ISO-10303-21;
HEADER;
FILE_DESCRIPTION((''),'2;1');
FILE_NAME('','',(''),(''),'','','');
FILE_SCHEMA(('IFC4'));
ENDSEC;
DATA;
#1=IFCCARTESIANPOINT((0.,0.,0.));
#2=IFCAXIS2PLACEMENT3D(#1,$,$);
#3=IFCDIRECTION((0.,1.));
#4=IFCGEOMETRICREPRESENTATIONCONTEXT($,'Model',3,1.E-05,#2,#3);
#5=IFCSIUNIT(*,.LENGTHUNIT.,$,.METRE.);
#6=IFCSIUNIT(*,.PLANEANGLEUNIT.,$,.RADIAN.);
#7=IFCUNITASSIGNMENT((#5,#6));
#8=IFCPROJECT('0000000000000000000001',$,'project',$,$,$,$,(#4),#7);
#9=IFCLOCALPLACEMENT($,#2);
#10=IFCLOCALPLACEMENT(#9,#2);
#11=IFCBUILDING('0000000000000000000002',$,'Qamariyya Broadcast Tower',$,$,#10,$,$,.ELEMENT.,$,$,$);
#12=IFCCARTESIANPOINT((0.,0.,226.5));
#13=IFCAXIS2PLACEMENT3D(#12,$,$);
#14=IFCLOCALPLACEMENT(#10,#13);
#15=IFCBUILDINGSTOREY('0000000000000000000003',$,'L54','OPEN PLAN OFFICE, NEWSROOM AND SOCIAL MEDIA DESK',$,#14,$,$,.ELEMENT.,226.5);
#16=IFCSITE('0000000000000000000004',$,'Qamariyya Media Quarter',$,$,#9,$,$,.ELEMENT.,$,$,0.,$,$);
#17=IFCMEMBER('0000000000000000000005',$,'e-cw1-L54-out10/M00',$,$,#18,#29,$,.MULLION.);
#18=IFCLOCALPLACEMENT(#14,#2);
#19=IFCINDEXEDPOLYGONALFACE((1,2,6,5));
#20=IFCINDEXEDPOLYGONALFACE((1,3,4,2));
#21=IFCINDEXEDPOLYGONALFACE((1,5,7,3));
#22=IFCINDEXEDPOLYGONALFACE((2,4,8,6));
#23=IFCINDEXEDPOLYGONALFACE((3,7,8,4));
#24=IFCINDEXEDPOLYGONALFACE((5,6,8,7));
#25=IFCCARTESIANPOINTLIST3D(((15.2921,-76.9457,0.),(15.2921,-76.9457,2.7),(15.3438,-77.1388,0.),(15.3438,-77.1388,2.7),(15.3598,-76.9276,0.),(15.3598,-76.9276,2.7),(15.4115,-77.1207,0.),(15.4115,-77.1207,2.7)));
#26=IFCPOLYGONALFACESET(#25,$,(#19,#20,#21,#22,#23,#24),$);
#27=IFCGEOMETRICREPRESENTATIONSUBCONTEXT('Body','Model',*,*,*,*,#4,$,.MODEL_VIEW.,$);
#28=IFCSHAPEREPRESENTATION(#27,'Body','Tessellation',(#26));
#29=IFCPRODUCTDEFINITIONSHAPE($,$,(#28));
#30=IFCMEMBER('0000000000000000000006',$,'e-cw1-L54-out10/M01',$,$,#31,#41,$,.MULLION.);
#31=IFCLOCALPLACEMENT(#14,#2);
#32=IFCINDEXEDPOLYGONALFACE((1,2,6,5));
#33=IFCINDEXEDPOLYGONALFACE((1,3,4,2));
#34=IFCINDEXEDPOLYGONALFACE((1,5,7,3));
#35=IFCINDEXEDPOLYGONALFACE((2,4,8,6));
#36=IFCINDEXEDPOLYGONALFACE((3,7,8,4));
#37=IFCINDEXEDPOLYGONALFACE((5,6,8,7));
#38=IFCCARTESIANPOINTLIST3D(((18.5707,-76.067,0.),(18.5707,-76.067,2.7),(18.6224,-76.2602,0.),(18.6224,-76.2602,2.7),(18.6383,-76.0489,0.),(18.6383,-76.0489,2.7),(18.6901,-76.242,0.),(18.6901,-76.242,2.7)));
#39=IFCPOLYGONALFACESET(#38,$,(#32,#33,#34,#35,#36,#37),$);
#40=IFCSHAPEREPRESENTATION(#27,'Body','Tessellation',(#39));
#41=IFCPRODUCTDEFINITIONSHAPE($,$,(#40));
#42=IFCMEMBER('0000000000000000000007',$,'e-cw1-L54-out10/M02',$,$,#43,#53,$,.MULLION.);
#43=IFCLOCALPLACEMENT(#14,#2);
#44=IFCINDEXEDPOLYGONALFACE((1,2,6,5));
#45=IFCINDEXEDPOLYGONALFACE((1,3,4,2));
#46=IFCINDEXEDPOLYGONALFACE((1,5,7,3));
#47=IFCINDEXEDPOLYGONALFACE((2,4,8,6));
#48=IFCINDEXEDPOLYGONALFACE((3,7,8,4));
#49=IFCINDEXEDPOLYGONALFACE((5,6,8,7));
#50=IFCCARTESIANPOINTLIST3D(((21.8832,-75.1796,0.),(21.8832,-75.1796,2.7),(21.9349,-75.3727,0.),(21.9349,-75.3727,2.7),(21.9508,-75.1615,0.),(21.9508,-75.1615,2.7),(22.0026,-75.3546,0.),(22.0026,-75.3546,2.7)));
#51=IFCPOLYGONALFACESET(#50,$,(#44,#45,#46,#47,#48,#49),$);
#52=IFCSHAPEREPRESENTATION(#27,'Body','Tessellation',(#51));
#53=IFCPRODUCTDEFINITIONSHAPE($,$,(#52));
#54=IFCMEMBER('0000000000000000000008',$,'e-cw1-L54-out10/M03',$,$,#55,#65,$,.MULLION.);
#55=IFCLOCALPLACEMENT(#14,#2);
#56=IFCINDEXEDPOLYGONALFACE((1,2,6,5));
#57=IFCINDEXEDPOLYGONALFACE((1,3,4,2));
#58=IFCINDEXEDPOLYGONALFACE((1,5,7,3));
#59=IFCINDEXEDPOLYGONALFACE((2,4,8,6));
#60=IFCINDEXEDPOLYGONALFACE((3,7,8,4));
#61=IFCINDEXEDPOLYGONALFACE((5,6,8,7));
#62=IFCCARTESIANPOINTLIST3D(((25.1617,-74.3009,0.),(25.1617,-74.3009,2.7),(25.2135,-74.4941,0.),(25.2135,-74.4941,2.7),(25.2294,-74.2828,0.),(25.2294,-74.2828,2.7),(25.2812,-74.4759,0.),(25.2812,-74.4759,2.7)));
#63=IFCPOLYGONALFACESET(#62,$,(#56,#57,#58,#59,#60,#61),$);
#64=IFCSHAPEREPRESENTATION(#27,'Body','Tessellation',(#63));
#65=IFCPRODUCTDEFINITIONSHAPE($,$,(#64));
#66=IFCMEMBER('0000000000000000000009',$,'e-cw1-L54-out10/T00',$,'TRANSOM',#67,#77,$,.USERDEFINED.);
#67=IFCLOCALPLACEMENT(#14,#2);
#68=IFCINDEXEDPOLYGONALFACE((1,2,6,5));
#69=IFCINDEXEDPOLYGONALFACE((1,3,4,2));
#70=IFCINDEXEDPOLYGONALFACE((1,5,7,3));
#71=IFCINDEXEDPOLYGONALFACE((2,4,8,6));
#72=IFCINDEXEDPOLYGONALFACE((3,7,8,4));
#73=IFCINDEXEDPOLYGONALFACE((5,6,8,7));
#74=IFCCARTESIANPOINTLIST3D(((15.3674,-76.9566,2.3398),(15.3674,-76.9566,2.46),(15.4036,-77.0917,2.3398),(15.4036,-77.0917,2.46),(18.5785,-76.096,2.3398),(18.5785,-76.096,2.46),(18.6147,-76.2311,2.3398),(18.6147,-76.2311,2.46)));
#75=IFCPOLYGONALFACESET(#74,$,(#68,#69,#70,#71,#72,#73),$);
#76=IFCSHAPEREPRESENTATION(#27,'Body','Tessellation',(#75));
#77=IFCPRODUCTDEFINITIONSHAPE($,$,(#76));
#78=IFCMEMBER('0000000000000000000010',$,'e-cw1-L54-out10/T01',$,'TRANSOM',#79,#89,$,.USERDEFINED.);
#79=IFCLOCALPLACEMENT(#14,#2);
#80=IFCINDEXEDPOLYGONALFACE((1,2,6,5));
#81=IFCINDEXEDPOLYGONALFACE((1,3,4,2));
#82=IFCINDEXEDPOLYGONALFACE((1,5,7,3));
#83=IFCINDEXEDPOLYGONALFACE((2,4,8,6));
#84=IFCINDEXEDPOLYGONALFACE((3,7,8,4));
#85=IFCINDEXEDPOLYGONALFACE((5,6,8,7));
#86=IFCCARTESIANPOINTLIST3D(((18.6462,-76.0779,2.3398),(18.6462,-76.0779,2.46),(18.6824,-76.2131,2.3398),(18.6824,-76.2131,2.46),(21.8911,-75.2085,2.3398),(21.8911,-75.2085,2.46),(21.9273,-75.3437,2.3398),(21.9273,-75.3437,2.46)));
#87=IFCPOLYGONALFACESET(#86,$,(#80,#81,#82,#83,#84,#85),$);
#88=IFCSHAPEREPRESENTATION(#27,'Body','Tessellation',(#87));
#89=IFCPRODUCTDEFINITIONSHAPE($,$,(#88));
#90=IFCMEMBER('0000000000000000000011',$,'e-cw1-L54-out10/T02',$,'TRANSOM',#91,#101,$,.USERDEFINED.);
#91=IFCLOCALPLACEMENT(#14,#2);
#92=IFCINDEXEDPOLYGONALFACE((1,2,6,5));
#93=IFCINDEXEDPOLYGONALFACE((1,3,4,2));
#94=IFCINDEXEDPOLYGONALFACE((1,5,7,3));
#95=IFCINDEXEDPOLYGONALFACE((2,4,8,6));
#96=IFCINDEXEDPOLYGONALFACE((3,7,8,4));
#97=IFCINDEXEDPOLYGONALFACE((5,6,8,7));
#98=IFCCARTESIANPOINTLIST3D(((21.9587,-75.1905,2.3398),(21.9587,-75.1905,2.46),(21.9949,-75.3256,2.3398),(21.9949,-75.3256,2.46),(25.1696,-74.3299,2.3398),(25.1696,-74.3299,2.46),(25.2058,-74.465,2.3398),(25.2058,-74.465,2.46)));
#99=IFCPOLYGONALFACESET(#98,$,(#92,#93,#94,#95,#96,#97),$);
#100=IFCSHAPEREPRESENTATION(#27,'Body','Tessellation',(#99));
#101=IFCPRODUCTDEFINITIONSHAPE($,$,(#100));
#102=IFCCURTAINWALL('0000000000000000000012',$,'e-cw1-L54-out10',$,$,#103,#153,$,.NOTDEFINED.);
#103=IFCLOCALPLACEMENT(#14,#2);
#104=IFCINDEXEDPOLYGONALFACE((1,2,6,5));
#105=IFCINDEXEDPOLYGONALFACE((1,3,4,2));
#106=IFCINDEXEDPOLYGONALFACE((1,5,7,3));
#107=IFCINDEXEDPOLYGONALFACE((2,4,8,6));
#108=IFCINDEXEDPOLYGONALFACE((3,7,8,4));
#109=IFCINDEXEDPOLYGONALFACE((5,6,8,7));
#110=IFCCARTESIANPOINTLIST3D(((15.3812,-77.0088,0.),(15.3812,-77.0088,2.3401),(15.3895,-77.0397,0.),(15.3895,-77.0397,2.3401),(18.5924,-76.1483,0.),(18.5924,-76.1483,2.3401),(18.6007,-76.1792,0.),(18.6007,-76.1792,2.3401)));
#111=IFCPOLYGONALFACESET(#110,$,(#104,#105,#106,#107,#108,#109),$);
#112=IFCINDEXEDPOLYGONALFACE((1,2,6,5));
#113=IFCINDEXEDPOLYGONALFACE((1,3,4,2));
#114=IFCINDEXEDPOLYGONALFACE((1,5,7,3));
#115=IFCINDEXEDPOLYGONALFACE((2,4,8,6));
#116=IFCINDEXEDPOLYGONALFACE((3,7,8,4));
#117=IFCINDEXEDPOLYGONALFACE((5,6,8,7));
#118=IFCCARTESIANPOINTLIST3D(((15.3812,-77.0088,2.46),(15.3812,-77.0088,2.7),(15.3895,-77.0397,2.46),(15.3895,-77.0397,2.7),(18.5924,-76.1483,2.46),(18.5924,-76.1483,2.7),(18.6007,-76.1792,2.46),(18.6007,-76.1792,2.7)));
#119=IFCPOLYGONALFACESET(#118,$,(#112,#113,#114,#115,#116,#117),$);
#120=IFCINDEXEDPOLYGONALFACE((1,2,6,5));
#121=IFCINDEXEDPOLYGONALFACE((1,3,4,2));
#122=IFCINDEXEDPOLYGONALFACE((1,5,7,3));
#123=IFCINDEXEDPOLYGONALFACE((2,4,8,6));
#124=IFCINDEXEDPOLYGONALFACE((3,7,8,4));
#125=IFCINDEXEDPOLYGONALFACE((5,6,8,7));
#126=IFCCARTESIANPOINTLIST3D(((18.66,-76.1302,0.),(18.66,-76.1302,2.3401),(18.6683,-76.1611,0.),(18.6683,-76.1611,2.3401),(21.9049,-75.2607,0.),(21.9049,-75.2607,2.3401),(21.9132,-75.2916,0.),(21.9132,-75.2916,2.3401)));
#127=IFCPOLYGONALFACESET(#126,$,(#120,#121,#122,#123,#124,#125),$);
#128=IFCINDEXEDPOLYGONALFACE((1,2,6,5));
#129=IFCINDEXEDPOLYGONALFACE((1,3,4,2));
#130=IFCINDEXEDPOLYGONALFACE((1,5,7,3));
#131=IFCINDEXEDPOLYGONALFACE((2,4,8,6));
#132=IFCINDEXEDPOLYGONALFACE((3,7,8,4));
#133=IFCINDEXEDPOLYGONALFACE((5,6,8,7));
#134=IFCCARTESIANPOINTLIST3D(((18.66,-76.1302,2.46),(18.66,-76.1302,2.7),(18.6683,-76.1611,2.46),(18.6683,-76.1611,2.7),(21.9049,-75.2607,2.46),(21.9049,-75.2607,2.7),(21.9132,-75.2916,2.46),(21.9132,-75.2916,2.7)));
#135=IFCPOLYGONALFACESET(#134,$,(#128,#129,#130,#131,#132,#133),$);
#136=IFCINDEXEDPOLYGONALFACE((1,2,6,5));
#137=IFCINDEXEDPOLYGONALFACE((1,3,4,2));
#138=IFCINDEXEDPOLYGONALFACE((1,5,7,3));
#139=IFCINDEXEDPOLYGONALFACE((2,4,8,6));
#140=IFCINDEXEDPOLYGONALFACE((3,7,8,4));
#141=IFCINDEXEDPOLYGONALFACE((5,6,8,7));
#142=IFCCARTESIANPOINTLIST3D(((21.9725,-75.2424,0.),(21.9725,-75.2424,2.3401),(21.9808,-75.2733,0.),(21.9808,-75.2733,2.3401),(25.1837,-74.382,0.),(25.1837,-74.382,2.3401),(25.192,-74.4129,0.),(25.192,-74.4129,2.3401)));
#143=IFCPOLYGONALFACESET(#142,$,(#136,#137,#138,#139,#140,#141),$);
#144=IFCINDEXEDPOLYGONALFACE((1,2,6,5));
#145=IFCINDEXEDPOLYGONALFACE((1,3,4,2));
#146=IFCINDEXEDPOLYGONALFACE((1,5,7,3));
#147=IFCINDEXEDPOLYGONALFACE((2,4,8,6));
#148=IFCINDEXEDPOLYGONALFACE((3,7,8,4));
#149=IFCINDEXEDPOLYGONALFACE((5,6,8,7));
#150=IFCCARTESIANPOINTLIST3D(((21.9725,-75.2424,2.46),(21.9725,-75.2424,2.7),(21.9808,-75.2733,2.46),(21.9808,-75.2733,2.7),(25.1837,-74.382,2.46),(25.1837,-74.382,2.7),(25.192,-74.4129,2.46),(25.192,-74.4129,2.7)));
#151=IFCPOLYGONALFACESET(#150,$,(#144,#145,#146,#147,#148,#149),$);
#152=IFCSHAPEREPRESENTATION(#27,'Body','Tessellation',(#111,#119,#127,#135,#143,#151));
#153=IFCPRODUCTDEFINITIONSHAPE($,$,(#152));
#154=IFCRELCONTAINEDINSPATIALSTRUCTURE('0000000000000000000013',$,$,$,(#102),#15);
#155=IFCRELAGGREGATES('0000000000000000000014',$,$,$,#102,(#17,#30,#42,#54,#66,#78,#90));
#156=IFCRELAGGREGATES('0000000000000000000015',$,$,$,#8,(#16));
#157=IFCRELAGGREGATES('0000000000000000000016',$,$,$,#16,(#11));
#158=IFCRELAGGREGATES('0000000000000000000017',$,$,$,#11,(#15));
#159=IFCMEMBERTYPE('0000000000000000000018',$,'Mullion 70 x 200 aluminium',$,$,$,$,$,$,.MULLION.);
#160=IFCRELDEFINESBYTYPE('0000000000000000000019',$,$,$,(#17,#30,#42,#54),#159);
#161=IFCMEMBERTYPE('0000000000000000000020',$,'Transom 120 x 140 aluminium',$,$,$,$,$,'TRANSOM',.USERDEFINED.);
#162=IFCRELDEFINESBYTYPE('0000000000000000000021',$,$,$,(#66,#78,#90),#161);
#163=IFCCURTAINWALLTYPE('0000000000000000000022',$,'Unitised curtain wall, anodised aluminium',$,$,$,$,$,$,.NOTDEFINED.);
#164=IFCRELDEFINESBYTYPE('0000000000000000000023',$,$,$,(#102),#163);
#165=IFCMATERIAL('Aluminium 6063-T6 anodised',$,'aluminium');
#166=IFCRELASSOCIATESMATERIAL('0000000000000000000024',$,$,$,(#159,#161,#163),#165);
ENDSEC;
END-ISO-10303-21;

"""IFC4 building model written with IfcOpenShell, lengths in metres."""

from ifc_helpers import new_model, si_unit, direction, frame, origin, origin_2d, place, context, subcontext, project, spatial, rectangle, extrude, material, material_profile, profile_set, type_object, element, aggregate, save


model = new_model("IFC4")

# Units and contexts
model_context = context("Model", 3, precision=1e-05, world=origin(), true_north=direction((0.0, 1.0)))
body_context = subcontext(model_context, "Body", "Model", "MODEL_VIEW")
ifc_project = project(units=[si_unit("LENGTHUNIT", "METRE"), si_unit("PLANEANGLEUNIT", "RADIAN")], contexts=[model_context])

# Members
ifc_material = material(Name="Aluminium 6063-T6 anodised", Category="aluminium")
ifc_material_profile_1 = material_profile(ifc_material, rectangle(XDim=0.2, YDim=0.0701, at=origin_2d()))
ifc_profile_set_1 = profile_set([ifc_material_profile_1], Name="Aluminium 6063-T6 anodised")
member_type_1 = type_object("IfcMemberType", Name="Mullion 70 x 200 aluminium", PredefinedType="MULLION", material=ifc_profile_set_1)
site_placement = place(None, origin())
building_placement = place(site_placement, origin())
storey_placement = place(building_placement, frame((0.0, 0.0, 226.5)))
member_1_placement = place(storey_placement, frame((15.3518, -77.0332, 0.0), z_axis=(0.0, 0.0, 1.0), x_axis=(-0.258819, 0.965926, 0.0)))
member_1 = element("IfcMember", 1, at=member_1_placement, type_object=member_type_1, Name="e-cw1-L54-out10/M00", PredefinedType="MULLION", context=body_context, shape_type="SweptSolid", body=[
    extrude(rectangle(XDim=0.2, YDim=0.0701, at=origin_2d()), origin(), (0.0, 0.0, 1.0), 2.7),
])
member_2_placement = place(storey_placement, frame((18.6304, -76.1545, 0.0), z_axis=(0.0, 0.0, 1.0), x_axis=(-0.258819, 0.965926, 0.0)))
member_2 = element("IfcMember", 2, at=member_2_placement, type_object=member_type_1, Name="e-cw1-L54-out10/M01", PredefinedType="MULLION", context=body_context, shape_type="SweptSolid", body=[
    extrude(rectangle(XDim=0.2, YDim=0.0701, at=origin_2d()), origin(), (0.0, 0.0, 1.0), 2.7),
])
member_3_placement = place(storey_placement, frame((21.9429, -75.2671, 0.0), z_axis=(0.0, 0.0, 1.0), x_axis=(-0.258819, 0.965926, 0.0)))
member_3 = element("IfcMember", 3, at=member_3_placement, type_object=member_type_1, Name="e-cw1-L54-out10/M02", PredefinedType="MULLION", context=body_context, shape_type="SweptSolid", body=[
    extrude(rectangle(XDim=0.2, YDim=0.0701, at=origin_2d()), origin(), (0.0, 0.0, 1.0), 2.7),
])
member_4_placement = place(storey_placement, frame((25.2214, -74.3884, 0.0), z_axis=(0.0, 0.0, 1.0), x_axis=(-0.258819, 0.965926, 0.0)))
member_4 = element("IfcMember", 4, at=member_4_placement, type_object=member_type_1, Name="e-cw1-L54-out10/M03", PredefinedType="MULLION", context=body_context, shape_type="SweptSolid", body=[
    extrude(rectangle(XDim=0.2, YDim=0.0701, at=origin_2d()), origin(), (0.0, 0.0, 1.0), 2.7),
])
ifc_material_profile_2 = material_profile(ifc_material, rectangle(XDim=0.1399, YDim=0.1201, at=origin_2d()))
ifc_profile_set_2 = profile_set([ifc_material_profile_2], Name="Aluminium 6063-T6 anodised")
member_type_2 = type_object("IfcMemberType", Name="Transom 120 x 140 aluminium", ElementType="TRANSOM", PredefinedType="USERDEFINED", material=ifc_profile_set_2)
member_5_placement = place(storey_placement, frame((15.3855, -77.0242, 2.3999), z_axis=(0.965914, 0.258865, 0.0), x_axis=(-0.258865, 0.965914, 0.0)))
member_5 = element("IfcMember", 5, at=member_5_placement, type_object=member_type_2, Name="e-cw1-L54-out10/T00", ObjectType="TRANSOM", PredefinedType="USERDEFINED", context=body_context, shape_type="SweptSolid", body=[
    extrude(rectangle(XDim=0.1399, YDim=0.1201, at=origin_2d()), origin(), (0.0, 0.0, 1.0), 3.3245),
])
member_6_placement = place(storey_placement, frame((18.6643, -76.1455, 2.3999), z_axis=(0.965932, 0.258798, 0.0), x_axis=(-0.258798, 0.965932, 0.0)))
member_6 = element("IfcMember", 6, at=member_6_placement, type_object=member_type_2, Name="e-cw1-L54-out10/T01", ObjectType="TRANSOM", PredefinedType="USERDEFINED", context=body_context, shape_type="SweptSolid", body=[
    extrude(rectangle(XDim=0.1399, YDim=0.1201, at=origin_2d()), origin(), (0.0, 0.0, 1.0), 3.3594),
])
member_7_placement = place(storey_placement, frame((21.9768, -75.2581, 2.3999), z_axis=(0.965909, 0.258883, 0.0), x_axis=(-0.258883, 0.965909, 0.0)))
member_7 = element("IfcMember", 7, at=member_7_placement, type_object=member_type_2, Name="e-cw1-L54-out10/T02", ObjectType="TRANSOM", PredefinedType="USERDEFINED", context=body_context, shape_type="SweptSolid", body=[
    extrude(rectangle(XDim=0.1399, YDim=0.1201, at=origin_2d()), origin(), (0.0, 0.0, 1.0), 3.3242),
])

# Site, building, storey
site = spatial("IfcSite", under=ifc_project, at=site_placement, Name="Qamariyya Media Quarter", CompositionType="ELEMENT", RefElevation=0.0)
building = spatial("IfcBuilding", under=site, at=building_placement, Name="Qamariyya Broadcast Tower", CompositionType="ELEMENT")
storey = spatial("IfcBuildingStorey", under=building, at=storey_placement, Name="L54", Description="OPEN PLAN OFFICE, NEWSROOM AND SOCIAL MEDIA DESK", CompositionType="ELEMENT", Elevation=226.5)

# Curtain wall
curtain_wall_type = type_object("IfcCurtainWallType", Name="Unitised curtain wall, anodised aluminium", PredefinedType="NOTDEFINED", material=ifc_material)
curtain_wall_1_placement = place(storey_placement, origin())
curtain_wall_1 = element("IfcCurtainWall", 8, at=curtain_wall_1_placement, inside=storey, type_object=curtain_wall_type, Name="e-cw1-L54-out10", PredefinedType="NOTDEFINED", context=body_context, shape_type="SweptSolid", body=[
    extrude(rectangle(XDim=3.3245, YDim=0.032, at=origin_2d()), frame((16.991, -76.594, 0.0), x_axis=(0.965923, 0.258828, 0.0)), (0.0, 0.0, 1.0), 2.3401),
    extrude(rectangle(XDim=3.3245, YDim=0.032, at=origin_2d()), frame((16.991, -76.594, 2.46), x_axis=(0.965923, 0.258828, 0.0)), (0.0, 0.0, 1.0), 0.24),
    extrude(rectangle(XDim=3.3594, YDim=0.032, at=origin_2d()), frame((20.2866, -75.7109, 0.0), x_axis=(0.965923, 0.258828, 0.0)), (0.0, 0.0, 1.0), 2.3401),
    extrude(rectangle(XDim=3.3594, YDim=0.032, at=origin_2d()), frame((20.2866, -75.7109, 2.46), x_axis=(0.965923, 0.258828, 0.0)), (0.0, 0.0, 1.0), 0.24),
    extrude(rectangle(XDim=3.3245, YDim=0.032, at=origin_2d()), frame((23.5823, -74.8276, 0.0), x_axis=(0.965923, 0.258828, 0.0)), (0.0, 0.0, 1.0), 2.3401),
    extrude(rectangle(XDim=3.3245, YDim=0.032, at=origin_2d()), frame((23.5823, -74.8276, 2.46), x_axis=(0.965923, 0.258828, 0.0)), (0.0, 0.0, 1.0), 0.24),
])
aggregate(curtain_wall_1, [member_1, member_2, member_3, member_4, member_5, member_6, member_7])

save(model, "model.ifc")
